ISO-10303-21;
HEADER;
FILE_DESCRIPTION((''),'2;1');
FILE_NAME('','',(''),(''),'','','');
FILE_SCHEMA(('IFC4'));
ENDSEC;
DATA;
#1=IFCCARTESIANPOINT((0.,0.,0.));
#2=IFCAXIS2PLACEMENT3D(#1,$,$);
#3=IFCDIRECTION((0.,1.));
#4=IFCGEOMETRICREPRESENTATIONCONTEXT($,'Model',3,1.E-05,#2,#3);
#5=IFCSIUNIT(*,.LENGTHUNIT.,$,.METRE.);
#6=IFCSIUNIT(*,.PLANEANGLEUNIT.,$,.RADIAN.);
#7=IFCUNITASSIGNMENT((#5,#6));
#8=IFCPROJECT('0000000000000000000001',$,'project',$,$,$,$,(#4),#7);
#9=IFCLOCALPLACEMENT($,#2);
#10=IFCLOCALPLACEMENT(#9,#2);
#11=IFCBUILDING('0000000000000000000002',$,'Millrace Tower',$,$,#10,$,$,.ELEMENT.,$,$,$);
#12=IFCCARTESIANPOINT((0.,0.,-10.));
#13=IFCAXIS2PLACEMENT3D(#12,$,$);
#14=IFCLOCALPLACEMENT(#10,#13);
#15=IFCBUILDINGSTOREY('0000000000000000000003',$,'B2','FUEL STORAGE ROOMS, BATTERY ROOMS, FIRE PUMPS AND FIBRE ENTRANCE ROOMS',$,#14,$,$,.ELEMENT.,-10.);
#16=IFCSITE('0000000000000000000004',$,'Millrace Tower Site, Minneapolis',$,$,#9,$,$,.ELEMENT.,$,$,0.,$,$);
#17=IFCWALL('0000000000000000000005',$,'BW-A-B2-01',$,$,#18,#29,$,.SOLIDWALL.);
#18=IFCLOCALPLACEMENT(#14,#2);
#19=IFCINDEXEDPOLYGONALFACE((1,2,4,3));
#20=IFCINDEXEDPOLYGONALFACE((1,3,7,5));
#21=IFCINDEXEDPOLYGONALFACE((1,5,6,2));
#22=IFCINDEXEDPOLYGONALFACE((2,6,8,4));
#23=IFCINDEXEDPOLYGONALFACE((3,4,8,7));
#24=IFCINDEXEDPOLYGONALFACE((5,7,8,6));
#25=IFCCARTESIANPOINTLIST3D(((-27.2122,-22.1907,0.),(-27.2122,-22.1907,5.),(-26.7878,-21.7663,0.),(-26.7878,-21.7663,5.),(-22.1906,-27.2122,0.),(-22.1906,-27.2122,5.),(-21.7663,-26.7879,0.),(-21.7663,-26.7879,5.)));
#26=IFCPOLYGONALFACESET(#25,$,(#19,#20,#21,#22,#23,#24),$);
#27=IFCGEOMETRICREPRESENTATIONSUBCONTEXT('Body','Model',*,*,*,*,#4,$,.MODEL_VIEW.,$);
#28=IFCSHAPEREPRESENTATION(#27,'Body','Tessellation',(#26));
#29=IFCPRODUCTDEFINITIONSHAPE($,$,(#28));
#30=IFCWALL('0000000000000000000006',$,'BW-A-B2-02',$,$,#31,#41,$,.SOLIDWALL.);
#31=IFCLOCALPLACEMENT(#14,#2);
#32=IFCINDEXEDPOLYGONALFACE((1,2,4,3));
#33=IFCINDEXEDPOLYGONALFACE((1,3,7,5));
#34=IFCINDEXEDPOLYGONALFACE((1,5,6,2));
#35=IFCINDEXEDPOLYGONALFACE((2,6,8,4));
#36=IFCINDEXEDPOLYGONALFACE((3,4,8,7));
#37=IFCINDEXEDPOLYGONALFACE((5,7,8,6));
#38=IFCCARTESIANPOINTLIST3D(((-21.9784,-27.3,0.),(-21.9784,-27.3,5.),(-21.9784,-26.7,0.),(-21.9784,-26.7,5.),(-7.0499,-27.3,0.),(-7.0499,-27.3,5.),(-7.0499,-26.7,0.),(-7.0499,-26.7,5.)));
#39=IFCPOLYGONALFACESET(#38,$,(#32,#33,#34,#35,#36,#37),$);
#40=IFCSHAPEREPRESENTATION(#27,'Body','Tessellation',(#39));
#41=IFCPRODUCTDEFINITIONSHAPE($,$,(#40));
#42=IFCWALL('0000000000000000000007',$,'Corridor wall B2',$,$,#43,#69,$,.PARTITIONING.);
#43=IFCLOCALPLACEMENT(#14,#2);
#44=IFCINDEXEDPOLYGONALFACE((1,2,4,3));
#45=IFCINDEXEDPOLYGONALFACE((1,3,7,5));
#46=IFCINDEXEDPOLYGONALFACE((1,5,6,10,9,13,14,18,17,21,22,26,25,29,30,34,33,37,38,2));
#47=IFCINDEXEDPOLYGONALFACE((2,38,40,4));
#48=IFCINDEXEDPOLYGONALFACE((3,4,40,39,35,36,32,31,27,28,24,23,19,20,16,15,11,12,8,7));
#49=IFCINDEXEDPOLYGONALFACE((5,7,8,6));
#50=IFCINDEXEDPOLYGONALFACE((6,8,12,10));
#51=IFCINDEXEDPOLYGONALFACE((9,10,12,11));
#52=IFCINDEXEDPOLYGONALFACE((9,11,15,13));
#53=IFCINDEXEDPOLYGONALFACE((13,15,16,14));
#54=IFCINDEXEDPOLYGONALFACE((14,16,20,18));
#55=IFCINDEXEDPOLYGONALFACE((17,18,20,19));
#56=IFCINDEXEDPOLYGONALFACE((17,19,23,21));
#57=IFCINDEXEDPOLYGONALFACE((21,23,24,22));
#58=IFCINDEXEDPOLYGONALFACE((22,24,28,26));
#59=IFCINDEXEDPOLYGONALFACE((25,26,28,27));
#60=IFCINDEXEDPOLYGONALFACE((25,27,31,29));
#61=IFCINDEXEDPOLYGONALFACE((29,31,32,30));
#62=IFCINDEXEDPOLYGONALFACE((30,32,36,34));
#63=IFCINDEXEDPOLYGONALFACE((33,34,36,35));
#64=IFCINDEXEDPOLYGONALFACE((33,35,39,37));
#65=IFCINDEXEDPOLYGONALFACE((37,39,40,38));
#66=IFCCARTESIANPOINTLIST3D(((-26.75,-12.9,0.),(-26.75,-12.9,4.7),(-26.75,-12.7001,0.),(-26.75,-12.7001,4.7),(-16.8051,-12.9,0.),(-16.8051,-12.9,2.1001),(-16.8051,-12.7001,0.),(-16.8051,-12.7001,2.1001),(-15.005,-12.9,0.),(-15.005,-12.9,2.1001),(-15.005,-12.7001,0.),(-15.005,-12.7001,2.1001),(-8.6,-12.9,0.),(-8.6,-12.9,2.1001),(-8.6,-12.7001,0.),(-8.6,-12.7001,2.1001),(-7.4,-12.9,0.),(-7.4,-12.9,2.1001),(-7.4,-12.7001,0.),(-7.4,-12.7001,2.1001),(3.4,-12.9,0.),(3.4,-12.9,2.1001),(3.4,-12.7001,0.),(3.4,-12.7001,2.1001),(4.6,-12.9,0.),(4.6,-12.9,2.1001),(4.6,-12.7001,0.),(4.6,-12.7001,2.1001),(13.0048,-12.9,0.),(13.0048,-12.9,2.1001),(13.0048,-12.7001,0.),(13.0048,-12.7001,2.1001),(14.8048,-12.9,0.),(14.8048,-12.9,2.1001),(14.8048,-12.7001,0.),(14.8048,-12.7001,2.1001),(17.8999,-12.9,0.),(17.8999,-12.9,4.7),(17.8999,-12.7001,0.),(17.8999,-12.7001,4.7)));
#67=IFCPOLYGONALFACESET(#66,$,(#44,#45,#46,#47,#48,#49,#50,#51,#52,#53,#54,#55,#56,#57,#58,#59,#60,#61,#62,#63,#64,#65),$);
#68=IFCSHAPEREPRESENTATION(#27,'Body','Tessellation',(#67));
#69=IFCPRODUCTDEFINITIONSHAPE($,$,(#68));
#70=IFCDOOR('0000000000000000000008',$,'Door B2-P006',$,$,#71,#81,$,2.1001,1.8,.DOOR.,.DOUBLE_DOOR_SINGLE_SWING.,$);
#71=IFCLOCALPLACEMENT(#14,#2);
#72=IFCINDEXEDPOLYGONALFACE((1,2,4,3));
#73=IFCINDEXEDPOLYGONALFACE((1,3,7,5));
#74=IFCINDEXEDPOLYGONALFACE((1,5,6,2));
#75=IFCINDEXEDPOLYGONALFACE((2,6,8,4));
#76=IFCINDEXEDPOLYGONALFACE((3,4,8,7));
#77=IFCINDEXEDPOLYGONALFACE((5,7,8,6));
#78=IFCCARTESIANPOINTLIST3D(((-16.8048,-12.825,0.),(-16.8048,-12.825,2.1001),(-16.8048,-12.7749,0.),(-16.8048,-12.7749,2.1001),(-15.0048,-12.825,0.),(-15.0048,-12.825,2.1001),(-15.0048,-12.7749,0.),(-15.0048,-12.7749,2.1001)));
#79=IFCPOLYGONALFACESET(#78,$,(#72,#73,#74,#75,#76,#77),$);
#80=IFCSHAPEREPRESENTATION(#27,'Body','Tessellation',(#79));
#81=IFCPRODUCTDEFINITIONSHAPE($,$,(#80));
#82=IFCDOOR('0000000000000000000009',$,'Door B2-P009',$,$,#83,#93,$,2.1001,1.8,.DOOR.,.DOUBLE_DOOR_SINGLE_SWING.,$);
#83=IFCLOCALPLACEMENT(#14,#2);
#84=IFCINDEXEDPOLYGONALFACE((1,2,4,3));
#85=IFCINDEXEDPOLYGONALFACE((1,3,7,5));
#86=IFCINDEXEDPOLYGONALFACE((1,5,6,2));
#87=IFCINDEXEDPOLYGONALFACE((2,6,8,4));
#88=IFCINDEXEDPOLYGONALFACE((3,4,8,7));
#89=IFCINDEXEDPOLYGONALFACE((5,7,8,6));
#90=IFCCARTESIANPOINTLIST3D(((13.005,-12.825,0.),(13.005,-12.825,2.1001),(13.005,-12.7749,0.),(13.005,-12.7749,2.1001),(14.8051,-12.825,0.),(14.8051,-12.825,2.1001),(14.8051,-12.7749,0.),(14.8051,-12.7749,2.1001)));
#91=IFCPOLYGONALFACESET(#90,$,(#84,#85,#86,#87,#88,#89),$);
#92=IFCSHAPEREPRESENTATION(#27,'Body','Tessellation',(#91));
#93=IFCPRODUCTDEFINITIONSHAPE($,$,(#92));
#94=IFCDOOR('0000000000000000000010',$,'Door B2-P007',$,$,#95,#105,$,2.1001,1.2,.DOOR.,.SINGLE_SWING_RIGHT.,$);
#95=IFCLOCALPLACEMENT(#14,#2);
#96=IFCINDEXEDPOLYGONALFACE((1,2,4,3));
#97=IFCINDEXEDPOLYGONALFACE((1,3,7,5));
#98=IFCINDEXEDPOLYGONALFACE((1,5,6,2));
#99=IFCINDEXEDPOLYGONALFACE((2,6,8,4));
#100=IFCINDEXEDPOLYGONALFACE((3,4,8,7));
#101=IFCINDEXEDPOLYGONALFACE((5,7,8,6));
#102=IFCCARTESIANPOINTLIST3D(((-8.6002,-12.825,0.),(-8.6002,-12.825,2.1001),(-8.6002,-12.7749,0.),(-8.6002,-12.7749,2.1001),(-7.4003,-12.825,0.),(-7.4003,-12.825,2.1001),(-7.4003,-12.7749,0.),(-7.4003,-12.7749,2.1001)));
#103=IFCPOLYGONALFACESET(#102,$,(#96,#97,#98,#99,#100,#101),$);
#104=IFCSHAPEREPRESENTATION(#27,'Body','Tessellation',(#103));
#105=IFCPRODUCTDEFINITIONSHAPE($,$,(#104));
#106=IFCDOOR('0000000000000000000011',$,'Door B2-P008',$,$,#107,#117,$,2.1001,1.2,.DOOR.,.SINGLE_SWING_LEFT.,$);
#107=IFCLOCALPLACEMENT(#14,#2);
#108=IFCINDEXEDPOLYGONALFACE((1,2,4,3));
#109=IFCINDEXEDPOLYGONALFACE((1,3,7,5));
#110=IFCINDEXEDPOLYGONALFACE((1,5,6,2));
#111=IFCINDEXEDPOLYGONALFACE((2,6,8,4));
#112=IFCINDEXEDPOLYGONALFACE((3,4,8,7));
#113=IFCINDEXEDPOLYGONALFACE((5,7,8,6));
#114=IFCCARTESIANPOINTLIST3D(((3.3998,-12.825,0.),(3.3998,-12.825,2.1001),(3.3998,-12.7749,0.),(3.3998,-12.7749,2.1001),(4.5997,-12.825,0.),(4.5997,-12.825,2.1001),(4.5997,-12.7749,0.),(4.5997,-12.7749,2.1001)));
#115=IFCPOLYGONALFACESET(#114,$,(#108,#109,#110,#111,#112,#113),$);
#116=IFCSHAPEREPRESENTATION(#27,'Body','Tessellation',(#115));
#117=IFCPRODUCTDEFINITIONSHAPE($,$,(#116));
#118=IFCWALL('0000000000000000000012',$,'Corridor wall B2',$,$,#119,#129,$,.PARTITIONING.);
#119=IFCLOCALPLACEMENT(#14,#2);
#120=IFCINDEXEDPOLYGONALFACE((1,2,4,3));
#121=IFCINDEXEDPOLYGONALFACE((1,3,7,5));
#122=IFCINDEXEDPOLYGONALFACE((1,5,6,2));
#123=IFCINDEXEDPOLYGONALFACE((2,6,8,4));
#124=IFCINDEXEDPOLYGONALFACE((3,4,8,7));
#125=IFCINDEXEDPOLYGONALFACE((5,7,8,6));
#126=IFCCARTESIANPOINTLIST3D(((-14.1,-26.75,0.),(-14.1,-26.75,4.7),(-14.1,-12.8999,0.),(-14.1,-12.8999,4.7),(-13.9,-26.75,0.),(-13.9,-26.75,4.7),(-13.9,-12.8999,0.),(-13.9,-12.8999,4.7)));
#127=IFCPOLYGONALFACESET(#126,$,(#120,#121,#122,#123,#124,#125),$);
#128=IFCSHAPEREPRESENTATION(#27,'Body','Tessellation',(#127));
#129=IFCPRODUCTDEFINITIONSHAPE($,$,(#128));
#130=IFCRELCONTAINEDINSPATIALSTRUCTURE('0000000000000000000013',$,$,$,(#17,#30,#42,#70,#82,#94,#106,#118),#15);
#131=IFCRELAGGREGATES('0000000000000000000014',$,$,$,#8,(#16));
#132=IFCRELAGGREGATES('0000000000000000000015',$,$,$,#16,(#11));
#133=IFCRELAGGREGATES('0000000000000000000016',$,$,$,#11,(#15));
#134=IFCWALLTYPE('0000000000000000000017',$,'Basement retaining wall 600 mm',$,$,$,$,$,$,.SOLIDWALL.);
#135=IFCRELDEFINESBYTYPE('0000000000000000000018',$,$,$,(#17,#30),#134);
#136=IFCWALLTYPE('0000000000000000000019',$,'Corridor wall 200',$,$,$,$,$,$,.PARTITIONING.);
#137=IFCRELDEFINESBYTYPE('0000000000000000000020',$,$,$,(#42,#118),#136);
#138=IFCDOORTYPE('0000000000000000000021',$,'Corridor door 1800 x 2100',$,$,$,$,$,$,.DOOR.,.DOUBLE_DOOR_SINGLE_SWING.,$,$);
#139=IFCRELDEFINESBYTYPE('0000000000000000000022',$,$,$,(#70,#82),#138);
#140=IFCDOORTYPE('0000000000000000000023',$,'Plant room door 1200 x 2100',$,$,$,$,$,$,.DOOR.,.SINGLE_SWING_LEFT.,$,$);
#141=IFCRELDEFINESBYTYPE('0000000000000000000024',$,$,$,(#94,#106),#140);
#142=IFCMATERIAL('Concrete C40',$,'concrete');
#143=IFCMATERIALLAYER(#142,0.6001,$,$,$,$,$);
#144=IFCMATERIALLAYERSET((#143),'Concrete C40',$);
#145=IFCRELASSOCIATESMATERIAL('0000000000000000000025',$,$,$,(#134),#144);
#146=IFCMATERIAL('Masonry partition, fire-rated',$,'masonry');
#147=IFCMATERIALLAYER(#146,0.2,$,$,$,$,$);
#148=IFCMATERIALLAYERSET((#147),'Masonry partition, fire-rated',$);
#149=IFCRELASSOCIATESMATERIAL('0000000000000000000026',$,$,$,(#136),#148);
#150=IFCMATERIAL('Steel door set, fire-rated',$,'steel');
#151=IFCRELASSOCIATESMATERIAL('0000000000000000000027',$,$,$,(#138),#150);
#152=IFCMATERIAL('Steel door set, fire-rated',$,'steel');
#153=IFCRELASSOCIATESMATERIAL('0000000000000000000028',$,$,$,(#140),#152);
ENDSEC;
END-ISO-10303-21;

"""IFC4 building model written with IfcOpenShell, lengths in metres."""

from ifc_helpers import new_model, si_unit, direction, frame, frame_2d, origin, place, context, subcontext, project, spatial, rectangle, extrude, material, layer, layer_set, type_object, element, fill, save


model = new_model("IFC4")

# Units and contexts
model_context = context("Model", 3, precision=1e-05, world=origin(), true_north=direction((0.0, 1.0)))
body_context = subcontext(model_context, "Body", "Model", "MODEL_VIEW")
ifc_project = project(units=[si_unit("LENGTHUNIT", "METRE"), si_unit("PLANEANGLEUNIT", "RADIAN")], contexts=[model_context])

# Site, building, storey
site_placement = place(None, origin())
site = spatial("IfcSite", under=ifc_project, at=site_placement, Name="Millrace Tower Site, Minneapolis", CompositionType="ELEMENT", RefElevation=0.0)
building_placement = place(site_placement, origin())
building = spatial("IfcBuilding", under=site, at=building_placement, Name="Millrace Tower", CompositionType="ELEMENT")
storey_placement = place(building_placement, frame((0.0, 0.0, -10.0)))
storey = spatial("IfcBuildingStorey", under=building, at=storey_placement, Name="B2", Description="FUEL STORAGE ROOMS, BATTERY ROOMS, FIRE PUMPS AND FIBRE ENTRANCE ROOMS", CompositionType="ELEMENT", Elevation=-10.0)

# Walls
ifc_material_1 = material(Name="Concrete C40", Category="concrete")
ifc_layer_1 = layer(ifc_material_1, 0.6001)
ifc_layer_set_1 = layer_set([ifc_layer_1], Name="Concrete C40")
wall_type_1 = type_object("IfcWallType", Name="Basement retaining wall 600 mm", PredefinedType="SOLIDWALL", material=ifc_layer_set_1)
wall_1_placement = place(storey_placement, frame((-27.0, -21.9785, 0.0), z_axis=(0.0, 0.0, 1.0), x_axis=(0.707107, -0.707107, 0.0)))
element("IfcWall", 1, at=wall_1_placement, inside=storey, type_object=wall_type_1, Name="BW-A-B2-01", PredefinedType="SOLIDWALL", context=body_context, shape_type="SweptSolid", body=[
    extrude(rectangle(XDim=7.1016, YDim=0.6001, at=frame_2d((3.5508, 0.0))), origin(), (0.0, 0.0, 1.0), 5.0),
])
wall_2_placement = place(storey_placement, frame((-21.9785, -27.0, 0.0), z_axis=(0.0, 0.0, 1.0), x_axis=(1.0, 0.0, 0.0)))
element("IfcWall", 2, at=wall_2_placement, inside=storey, type_object=wall_type_1, Name="BW-A-B2-02", PredefinedType="SOLIDWALL", context=body_context, shape_type="SweptSolid", body=[
    extrude(rectangle(XDim=14.9285, YDim=0.6001, at=frame_2d((7.4644, 0.0))), origin(), (0.0, 0.0, 1.0), 5.0),
])

# Wall, openings, doors
ifc_material_2 = material(Name="Masonry partition, fire-rated", Category="masonry")
ifc_layer_2 = layer(ifc_material_2, 0.2)
ifc_layer_set_2 = layer_set([ifc_layer_2], Name="Masonry partition, fire-rated")
wall_type_2 = type_object("IfcWallType", Name="Corridor wall 200", PredefinedType="PARTITIONING", material=ifc_layer_set_2)
wall_3_placement = place(storey_placement, frame((-26.75, -12.8, 0.0), z_axis=(0.0, 0.0, 1.0), x_axis=(1.0, 0.0, 0.0)))
wall_3 = element("IfcWall", 3, at=wall_3_placement, inside=storey, type_object=wall_type_2, Name="Corridor wall B2", PredefinedType="PARTITIONING", context=body_context, shape_type="SweptSolid", body=[
    extrude(rectangle(XDim=44.6499, YDim=0.2, at=frame_2d((22.325, 0.0))), origin(), (0.0, 0.0, 1.0), 4.7),
])
opening_1_placement = place(wall_3_placement, frame((9.9451, 0.0, 0.0)))
opening_1 = element("IfcOpeningElement", 4, at=opening_1_placement, cuts=wall_3, PredefinedType="OPENING", context=body_context, shape_type="SweptSolid", body=[
    extrude(rectangle(XDim=1.8, YDim=2.1001, at=frame_2d((0.8999, 1.05))), frame((0.0, 0.1099, 0.0), z_axis=(0.0, -1.0, 0.0), x_axis=(1.0, 0.0, 0.0)), (0.0, 0.0, 1.0), 0.22),
])
opening_2_placement = place(wall_3_placement, frame((18.1499, 0.0, 0.0)))
opening_2 = element("IfcOpeningElement", 5, at=opening_2_placement, cuts=wall_3, PredefinedType="OPENING", context=body_context, shape_type="SweptSolid", body=[
    extrude(rectangle(XDim=1.2, YDim=2.1001, at=frame_2d((0.6001, 1.05))), frame((0.0, 0.1099, 0.0), z_axis=(0.0, -1.0, 0.0), x_axis=(1.0, 0.0, 0.0)), (0.0, 0.0, 1.0), 0.22),
])
opening_3_placement = place(wall_3_placement, frame((30.1499, 0.0, 0.0)))
opening_3 = element("IfcOpeningElement", 6, at=opening_3_placement, cuts=wall_3, PredefinedType="OPENING", context=body_context, shape_type="SweptSolid", body=[
    extrude(rectangle(XDim=1.2, YDim=2.1001, at=frame_2d((0.6001, 1.05))), frame((0.0, 0.1099, 0.0), z_axis=(0.0, -1.0, 0.0), x_axis=(1.0, 0.0, 0.0)), (0.0, 0.0, 1.0), 0.22),
])
opening_4_placement = place(wall_3_placement, frame((39.7549, 0.0, 0.0)))
opening_4 = element("IfcOpeningElement", 7, at=opening_4_placement, cuts=wall_3, PredefinedType="OPENING", context=body_context, shape_type="SweptSolid", body=[
    extrude(rectangle(XDim=1.8, YDim=2.1001, at=frame_2d((0.8999, 1.05))), frame((0.0, 0.1099, 0.0), z_axis=(0.0, -1.0, 0.0), x_axis=(1.0, 0.0, 0.0)), (0.0, 0.0, 1.0), 0.22),
])
ifc_material_3 = material(Name="Steel door set, fire-rated", Category="steel")
door_type_1 = type_object("IfcDoorType", Name="Corridor door 1800 x 2100", OperationType="DOUBLE_DOOR_SINGLE_SWING", PredefinedType="DOOR", material=ifc_material_3)
door_1_placement = place(opening_1_placement, frame((1.8, 0.0, 0.0), z_axis=(0.0, 0.0, 1.0), x_axis=(-1.0, 0.0, 0.0)))
door_1 = element("IfcDoor", 8, at=door_1_placement, inside=storey, type_object=door_type_1, Name="Door B2-P006", OperationType="DOUBLE_DOOR_SINGLE_SWING", OverallHeight=2.1001, OverallWidth=1.8, PredefinedType="DOOR", context=body_context, shape_type="SweptSolid", body=[
    extrude(rectangle(XDim=1.8, YDim=2.1001, at=frame_2d((0.8999, 1.05))), frame((0.0, 0.0249, 0.0), z_axis=(0.0, -1.0, 0.0), x_axis=(1.0, 0.0, 0.0)), (0.0, 0.0, 1.0), 0.05),
])
fill(opening_1, door_1)
door_2_placement = place(opening_4_placement, frame((1.8, 0.0, 0.0), z_axis=(0.0, 0.0, 1.0), x_axis=(-1.0, 0.0, 0.0)))
door_2 = element("IfcDoor", 9, at=door_2_placement, inside=storey, type_object=door_type_1, Name="Door B2-P009", OperationType="DOUBLE_DOOR_SINGLE_SWING", OverallHeight=2.1001, OverallWidth=1.8, PredefinedType="DOOR", context=body_context, shape_type="SweptSolid", body=[
    extrude(rectangle(XDim=1.8, YDim=2.1001, at=frame_2d((0.8999, 1.05))), frame((0.0, 0.0249, 0.0), z_axis=(0.0, -1.0, 0.0), x_axis=(1.0, 0.0, 0.0)), (0.0, 0.0, 1.0), 0.05),
])
fill(opening_4, door_2)
ifc_material_4 = material(Name="Steel door set, fire-rated", Category="steel")
door_type_2 = type_object("IfcDoorType", Name="Plant room door 1200 x 2100", OperationType="SINGLE_SWING_LEFT", PredefinedType="DOOR", material=ifc_material_4)
door_3_placement = place(opening_2_placement, frame((1.2, 0.0, 0.0), z_axis=(0.0, 0.0, 1.0), x_axis=(-1.0, 0.0, 0.0)))
door_3 = element("IfcDoor", 10, at=door_3_placement, inside=storey, type_object=door_type_2, Name="Door B2-P007", OperationType="SINGLE_SWING_RIGHT", OverallHeight=2.1001, OverallWidth=1.2, PredefinedType="DOOR", context=body_context, shape_type="SweptSolid", body=[
    extrude(rectangle(XDim=1.2, YDim=2.1001, at=frame_2d((0.6001, 1.05))), frame((0.0, 0.0249, 0.0), z_axis=(0.0, -1.0, 0.0), x_axis=(1.0, 0.0, 0.0)), (0.0, 0.0, 1.0), 0.05),
])
fill(opening_2, door_3)
door_4_placement = place(opening_3_placement, frame((1.2, 0.0, 0.0), z_axis=(0.0, 0.0, 1.0), x_axis=(-1.0, 0.0, 0.0)))
door_4 = element("IfcDoor", 11, at=door_4_placement, inside=storey, type_object=door_type_2, Name="Door B2-P008", OperationType="SINGLE_SWING_LEFT", OverallHeight=2.1001, OverallWidth=1.2, PredefinedType="DOOR", context=body_context, shape_type="SweptSolid", body=[
    extrude(rectangle(XDim=1.2, YDim=2.1001, at=frame_2d((0.6001, 1.05))), frame((0.0, 0.0249, 0.0), z_axis=(0.0, -1.0, 0.0), x_axis=(1.0, 0.0, 0.0)), (0.0, 0.0, 1.0), 0.05),
])
fill(opening_3, door_4)

# Wall
wall_4_placement = place(storey_placement, frame((-14.0, -26.75, 0.0), z_axis=(0.0, 0.0, 1.0), x_axis=(0.0, 1.0, 0.0)))
element("IfcWall", 12, at=wall_4_placement, inside=storey, type_object=wall_type_2, Name="Corridor wall B2", PredefinedType="PARTITIONING", context=body_context, shape_type="SweptSolid", body=[
    extrude(rectangle(XDim=13.8501, YDim=0.2, at=frame_2d((6.925, 0.0))), origin(), (0.0, 0.0, 1.0), 4.7),
])

save(model, "model.ifc")
